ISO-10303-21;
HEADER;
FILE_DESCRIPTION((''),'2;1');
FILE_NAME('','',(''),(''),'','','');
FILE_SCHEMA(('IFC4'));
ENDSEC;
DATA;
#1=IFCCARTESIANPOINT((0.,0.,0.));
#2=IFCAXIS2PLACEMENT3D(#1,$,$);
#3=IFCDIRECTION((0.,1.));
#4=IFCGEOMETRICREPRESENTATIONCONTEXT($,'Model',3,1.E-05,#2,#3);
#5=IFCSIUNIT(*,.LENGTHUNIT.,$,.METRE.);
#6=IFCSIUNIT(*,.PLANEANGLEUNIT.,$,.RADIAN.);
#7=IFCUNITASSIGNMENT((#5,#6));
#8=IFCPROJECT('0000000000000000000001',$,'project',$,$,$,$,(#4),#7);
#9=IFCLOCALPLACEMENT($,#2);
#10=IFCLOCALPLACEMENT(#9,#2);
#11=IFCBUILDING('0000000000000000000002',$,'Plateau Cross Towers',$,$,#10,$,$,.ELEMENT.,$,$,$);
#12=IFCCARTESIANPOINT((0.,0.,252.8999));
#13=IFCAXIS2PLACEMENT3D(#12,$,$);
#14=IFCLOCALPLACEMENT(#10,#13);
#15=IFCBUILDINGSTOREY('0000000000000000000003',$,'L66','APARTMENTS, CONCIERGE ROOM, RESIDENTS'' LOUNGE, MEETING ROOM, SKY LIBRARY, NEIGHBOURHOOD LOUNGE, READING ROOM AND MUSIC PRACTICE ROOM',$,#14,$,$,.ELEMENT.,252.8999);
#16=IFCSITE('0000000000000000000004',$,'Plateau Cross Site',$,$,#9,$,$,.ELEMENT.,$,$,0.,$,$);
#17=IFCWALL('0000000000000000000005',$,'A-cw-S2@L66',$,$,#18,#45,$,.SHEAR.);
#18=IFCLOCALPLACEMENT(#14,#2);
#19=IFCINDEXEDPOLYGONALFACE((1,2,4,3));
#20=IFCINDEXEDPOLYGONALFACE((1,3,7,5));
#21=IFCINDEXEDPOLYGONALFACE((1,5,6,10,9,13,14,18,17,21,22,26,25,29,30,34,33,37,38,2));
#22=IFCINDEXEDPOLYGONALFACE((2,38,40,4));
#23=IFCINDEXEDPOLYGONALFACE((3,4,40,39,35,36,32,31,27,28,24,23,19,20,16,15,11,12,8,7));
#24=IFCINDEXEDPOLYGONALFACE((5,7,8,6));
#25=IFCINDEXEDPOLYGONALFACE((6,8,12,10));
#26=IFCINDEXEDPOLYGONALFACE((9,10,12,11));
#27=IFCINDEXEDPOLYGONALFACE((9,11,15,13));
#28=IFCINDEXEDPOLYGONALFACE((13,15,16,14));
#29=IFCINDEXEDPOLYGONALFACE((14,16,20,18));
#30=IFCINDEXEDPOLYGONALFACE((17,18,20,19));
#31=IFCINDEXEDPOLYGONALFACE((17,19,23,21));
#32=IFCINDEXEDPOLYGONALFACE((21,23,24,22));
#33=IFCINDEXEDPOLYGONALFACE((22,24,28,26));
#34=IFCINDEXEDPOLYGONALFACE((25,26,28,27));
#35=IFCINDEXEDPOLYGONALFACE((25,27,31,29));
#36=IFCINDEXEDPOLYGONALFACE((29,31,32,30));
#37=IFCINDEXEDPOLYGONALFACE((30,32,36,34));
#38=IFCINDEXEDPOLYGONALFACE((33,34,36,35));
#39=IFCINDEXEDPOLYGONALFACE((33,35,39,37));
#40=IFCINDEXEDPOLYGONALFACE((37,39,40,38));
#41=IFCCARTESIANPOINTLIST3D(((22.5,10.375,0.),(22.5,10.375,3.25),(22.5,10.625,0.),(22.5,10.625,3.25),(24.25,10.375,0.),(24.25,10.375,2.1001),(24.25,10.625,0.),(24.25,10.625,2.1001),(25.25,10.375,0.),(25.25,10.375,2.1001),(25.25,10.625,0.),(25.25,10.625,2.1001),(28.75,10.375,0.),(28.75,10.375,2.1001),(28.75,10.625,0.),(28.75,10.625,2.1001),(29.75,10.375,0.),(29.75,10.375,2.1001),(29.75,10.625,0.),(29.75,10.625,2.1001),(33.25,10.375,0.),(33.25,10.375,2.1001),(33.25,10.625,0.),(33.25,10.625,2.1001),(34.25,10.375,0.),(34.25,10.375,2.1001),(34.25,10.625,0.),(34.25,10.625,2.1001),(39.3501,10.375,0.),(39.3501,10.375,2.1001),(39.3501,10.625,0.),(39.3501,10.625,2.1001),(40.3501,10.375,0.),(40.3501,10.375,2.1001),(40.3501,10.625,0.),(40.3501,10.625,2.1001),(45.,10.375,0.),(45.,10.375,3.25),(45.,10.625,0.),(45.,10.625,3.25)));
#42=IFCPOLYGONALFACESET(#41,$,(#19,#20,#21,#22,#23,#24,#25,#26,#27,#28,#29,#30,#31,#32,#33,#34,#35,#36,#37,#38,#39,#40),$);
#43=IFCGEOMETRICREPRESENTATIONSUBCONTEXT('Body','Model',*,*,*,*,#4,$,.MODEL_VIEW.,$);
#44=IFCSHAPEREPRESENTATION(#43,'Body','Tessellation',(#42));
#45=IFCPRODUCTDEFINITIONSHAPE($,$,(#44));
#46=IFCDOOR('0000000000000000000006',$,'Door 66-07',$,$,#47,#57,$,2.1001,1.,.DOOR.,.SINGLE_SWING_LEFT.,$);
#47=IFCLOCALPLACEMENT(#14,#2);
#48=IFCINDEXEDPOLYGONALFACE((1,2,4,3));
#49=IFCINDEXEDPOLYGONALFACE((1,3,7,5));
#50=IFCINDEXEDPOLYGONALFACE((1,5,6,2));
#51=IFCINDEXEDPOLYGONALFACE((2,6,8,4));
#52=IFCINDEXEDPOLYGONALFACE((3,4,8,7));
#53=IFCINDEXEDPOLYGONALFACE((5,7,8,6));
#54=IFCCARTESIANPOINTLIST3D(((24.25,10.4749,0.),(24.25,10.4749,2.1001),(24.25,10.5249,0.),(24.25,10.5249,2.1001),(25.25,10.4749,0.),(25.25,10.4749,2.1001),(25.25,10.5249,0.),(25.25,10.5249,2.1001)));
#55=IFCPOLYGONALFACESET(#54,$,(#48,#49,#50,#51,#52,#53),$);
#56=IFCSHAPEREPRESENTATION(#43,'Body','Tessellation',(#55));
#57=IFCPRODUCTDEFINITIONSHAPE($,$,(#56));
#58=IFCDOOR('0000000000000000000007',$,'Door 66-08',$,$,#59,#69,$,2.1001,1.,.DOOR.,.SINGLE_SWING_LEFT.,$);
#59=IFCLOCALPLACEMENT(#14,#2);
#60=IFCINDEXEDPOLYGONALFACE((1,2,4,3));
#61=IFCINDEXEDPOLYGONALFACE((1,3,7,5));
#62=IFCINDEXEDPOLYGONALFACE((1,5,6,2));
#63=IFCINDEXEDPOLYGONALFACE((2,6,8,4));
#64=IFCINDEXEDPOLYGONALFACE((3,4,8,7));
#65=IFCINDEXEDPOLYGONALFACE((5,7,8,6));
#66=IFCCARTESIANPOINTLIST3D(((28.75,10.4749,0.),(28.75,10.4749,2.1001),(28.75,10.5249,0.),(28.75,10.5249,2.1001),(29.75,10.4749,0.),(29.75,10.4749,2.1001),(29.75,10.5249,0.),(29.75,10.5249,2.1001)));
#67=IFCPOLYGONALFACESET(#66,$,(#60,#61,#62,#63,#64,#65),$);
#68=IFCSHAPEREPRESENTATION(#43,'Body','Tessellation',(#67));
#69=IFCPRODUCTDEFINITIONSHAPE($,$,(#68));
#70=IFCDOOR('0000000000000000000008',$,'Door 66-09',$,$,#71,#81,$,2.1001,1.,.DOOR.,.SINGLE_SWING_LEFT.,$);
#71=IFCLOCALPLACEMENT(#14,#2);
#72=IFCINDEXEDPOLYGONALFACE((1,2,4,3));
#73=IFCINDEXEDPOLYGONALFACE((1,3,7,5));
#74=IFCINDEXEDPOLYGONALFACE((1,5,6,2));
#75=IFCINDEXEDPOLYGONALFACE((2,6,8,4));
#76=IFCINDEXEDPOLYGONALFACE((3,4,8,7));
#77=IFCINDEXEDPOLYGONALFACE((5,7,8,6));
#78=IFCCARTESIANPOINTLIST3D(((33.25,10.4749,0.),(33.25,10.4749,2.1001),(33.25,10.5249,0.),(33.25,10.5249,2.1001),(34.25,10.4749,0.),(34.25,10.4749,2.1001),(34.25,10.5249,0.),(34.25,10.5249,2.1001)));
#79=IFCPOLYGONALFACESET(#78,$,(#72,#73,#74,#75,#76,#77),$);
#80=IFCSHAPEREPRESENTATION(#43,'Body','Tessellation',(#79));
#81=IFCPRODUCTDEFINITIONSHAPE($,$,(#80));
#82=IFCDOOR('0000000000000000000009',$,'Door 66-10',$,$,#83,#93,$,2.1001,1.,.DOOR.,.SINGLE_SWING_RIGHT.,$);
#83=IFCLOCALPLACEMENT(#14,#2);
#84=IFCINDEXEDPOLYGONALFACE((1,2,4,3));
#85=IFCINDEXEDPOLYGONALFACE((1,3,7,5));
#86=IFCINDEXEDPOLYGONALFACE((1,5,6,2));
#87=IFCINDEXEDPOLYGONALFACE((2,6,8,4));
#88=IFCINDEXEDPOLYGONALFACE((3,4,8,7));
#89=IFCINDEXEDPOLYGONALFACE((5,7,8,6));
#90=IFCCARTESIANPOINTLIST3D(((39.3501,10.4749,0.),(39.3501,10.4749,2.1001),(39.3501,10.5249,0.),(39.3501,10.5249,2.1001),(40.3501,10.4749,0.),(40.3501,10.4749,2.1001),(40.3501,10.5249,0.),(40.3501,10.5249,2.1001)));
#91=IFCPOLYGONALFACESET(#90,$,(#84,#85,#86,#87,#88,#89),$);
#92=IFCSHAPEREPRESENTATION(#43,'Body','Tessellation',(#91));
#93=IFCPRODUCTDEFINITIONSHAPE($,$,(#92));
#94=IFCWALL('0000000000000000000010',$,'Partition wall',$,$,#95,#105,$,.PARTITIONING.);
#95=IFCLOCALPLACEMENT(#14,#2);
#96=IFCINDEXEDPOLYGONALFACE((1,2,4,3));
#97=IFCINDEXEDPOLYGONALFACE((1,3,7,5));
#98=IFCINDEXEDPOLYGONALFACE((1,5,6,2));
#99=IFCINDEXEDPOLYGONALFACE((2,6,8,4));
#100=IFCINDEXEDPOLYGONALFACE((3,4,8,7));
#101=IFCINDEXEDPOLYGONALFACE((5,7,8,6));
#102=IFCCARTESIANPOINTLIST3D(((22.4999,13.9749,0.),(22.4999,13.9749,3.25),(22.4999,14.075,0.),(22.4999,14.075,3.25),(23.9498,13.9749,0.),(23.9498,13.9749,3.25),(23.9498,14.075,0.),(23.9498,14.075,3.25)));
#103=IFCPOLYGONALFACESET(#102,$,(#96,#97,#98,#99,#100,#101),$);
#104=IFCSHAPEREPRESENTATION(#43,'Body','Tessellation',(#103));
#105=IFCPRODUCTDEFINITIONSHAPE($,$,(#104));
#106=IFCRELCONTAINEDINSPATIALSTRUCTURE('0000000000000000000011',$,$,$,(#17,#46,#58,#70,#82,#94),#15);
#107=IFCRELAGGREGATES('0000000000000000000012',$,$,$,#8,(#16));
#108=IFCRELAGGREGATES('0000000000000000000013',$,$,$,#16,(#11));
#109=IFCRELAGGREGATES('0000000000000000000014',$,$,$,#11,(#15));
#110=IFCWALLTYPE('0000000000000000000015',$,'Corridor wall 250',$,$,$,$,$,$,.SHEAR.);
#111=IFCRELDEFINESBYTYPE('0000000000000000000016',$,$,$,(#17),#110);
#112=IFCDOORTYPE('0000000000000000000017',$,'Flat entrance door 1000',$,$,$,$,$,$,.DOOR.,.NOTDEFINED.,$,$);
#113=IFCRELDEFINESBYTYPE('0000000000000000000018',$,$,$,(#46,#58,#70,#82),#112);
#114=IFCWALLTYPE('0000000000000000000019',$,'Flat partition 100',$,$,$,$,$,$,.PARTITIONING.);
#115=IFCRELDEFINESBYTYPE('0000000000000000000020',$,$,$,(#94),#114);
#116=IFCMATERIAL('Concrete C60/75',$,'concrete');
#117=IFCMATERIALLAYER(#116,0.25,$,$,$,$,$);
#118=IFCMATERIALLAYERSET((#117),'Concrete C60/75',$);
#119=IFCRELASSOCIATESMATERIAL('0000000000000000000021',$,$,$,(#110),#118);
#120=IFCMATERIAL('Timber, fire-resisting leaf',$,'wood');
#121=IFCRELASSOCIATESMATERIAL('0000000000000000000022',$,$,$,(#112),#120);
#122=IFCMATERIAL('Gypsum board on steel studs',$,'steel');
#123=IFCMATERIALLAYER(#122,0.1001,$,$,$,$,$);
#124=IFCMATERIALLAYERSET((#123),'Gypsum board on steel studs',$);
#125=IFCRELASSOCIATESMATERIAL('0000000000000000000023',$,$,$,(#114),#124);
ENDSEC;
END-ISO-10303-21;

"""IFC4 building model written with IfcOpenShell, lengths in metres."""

from ifc_helpers import new_model, si_unit, direction, frame, frame_2d, origin, place, context, subcontext, project, spatial, rectangle, extrude, material, layer, layer_set, type_object, element, fill, save


model = new_model("IFC4")

# Units and contexts
model_context = context("Model", 3, precision=1e-05, world=origin(), true_north=direction((0.0, 1.0)))
body_context = subcontext(model_context, "Body", "Model", "MODEL_VIEW")
ifc_project = project(units=[si_unit("LENGTHUNIT", "METRE"), si_unit("PLANEANGLEUNIT", "RADIAN")], contexts=[model_context])

# Site, building, storey
site_placement = place(None, origin())
site = spatial("IfcSite", under=ifc_project, at=site_placement, Name="Plateau Cross Site", CompositionType="ELEMENT", RefElevation=0.0)
building_placement = place(site_placement, origin())
building = spatial("IfcBuilding", under=site, at=building_placement, Name="Plateau Cross Towers", CompositionType="ELEMENT")
storey_placement = place(building_placement, frame((0.0, 0.0, 252.8999)))
storey = spatial("IfcBuildingStorey", under=building, at=storey_placement, Name="L66", Description="APARTMENTS, CONCIERGE ROOM, RESIDENTS' LOUNGE, MEETING ROOM, SKY LIBRARY, NEIGHBOURHOOD LOUNGE, READING ROOM AND MUSIC PRACTICE ROOM", CompositionType="ELEMENT", Elevation=252.8999)

# Shared definitions
ifc_material_1 = material(Name="Concrete C60/75", Category="concrete")

# Wall, openings, doors
ifc_layer_1 = layer(ifc_material_1, 0.25)
ifc_layer_set_1 = layer_set([ifc_layer_1], Name="Concrete C60/75")
wall_type_1 = type_object("IfcWallType", Name="Corridor wall 250", PredefinedType="SHEAR", material=ifc_layer_set_1)
ifc_material_2 = material(Name="Timber, fire-resisting leaf", Category="wood")
door_type_1 = type_object("IfcDoorType", Name="Flat entrance door 1000", OperationType="NOTDEFINED", PredefinedType="DOOR", material=ifc_material_2)
wall_1_placement = place(storey_placement, frame((22.5, 10.5, 0.0), z_axis=(0.0, 0.0, 1.0), x_axis=(1.0, 0.0, 0.0)))
wall_1 = element("IfcWall", 1, at=wall_1_placement, inside=storey, type_object=wall_type_1, Name="A-cw-S2@L66", PredefinedType="SHEAR", context=body_context, shape_type="SweptSolid", body=[
    extrude(rectangle(XDim=22.5, YDim=0.25, at=frame_2d((11.25, 0.0))), origin(), (0.0, 0.0, 1.0), 3.25),
])
opening_1_placement = place(wall_1_placement, frame((1.75, 0.0, 0.0)))
opening_1 = element("IfcOpeningElement", 2, at=opening_1_placement, cuts=wall_1, PredefinedType="OPENING", context=body_context, shape_type="SweptSolid", body=[
    extrude(rectangle(XDim=1.0, YDim=2.1001, at=frame_2d((0.5, 1.05))), frame((0.0, 0.135, 0.0), z_axis=(0.0, -1.0, 0.0), x_axis=(1.0, 0.0, 0.0)), (0.0, 0.0, 1.0), 0.27),
])
opening_2_placement = place(wall_1_placement, frame((6.25, 0.0, 0.0)))
opening_2 = element("IfcOpeningElement", 3, at=opening_2_placement, cuts=wall_1, PredefinedType="OPENING", context=body_context, shape_type="SweptSolid", body=[
    extrude(rectangle(XDim=1.0, YDim=2.1001, at=frame_2d((0.5, 1.05))), frame((0.0, 0.135, 0.0), z_axis=(0.0, -1.0, 0.0), x_axis=(1.0, 0.0, 0.0)), (0.0, 0.0, 1.0), 0.27),
])
opening_3_placement = place(wall_1_placement, frame((10.75, 0.0, 0.0)))
opening_3 = element("IfcOpeningElement", 4, at=opening_3_placement, cuts=wall_1, PredefinedType="OPENING", context=body_context, shape_type="SweptSolid", body=[
    extrude(rectangle(XDim=1.0, YDim=2.1001, at=frame_2d((0.5, 1.05))), frame((0.0, 0.135, 0.0), z_axis=(0.0, -1.0, 0.0), x_axis=(1.0, 0.0, 0.0)), (0.0, 0.0, 1.0), 0.27),
])
opening_4_placement = place(wall_1_placement, frame((16.8501, 0.0, 0.0)))
opening_4 = element("IfcOpeningElement", 5, at=opening_4_placement, cuts=wall_1, PredefinedType="OPENING", context=body_context, shape_type="SweptSolid", body=[
    extrude(rectangle(XDim=1.0, YDim=2.1001, at=frame_2d((0.5, 1.05))), frame((0.0, 0.135, 0.0), z_axis=(0.0, -1.0, 0.0), x_axis=(1.0, 0.0, 0.0)), (0.0, 0.0, 1.0), 0.27),
])
door_1_placement = place(opening_1_placement, origin())
door_1 = element("IfcDoor", 6, at=door_1_placement, inside=storey, type_object=door_type_1, Name="Door 66-07", OperationType="SINGLE_SWING_LEFT", OverallHeight=2.1001, OverallWidth=1.0, PredefinedType="DOOR", context=body_context, shape_type="SweptSolid", body=[
    extrude(rectangle(XDim=1.0, YDim=2.1001, at=frame_2d((0.5, 1.05))), frame((0.0, 0.0249, 0.0), z_axis=(0.0, -1.0, 0.0), x_axis=(1.0, 0.0, 0.0)), (0.0, 0.0, 1.0), 0.05),
])
fill(opening_1, door_1)
door_2_placement = place(opening_2_placement, origin())
door_2 = element("IfcDoor", 7, at=door_2_placement, inside=storey, type_object=door_type_1, Name="Door 66-08", OperationType="SINGLE_SWING_LEFT", OverallHeight=2.1001, OverallWidth=1.0, PredefinedType="DOOR", context=body_context, shape_type="SweptSolid", body=[
    extrude(rectangle(XDim=1.0, YDim=2.1001, at=frame_2d((0.5, 1.05))), frame((0.0, 0.0249, 0.0), z_axis=(0.0, -1.0, 0.0), x_axis=(1.0, 0.0, 0.0)), (0.0, 0.0, 1.0), 0.05),
])
fill(opening_2, door_2)
door_3_placement = place(opening_3_placement, origin())
door_3 = element("IfcDoor", 8, at=door_3_placement, inside=storey, type_object=door_type_1, Name="Door 66-09", OperationType="SINGLE_SWING_LEFT", OverallHeight=2.1001, OverallWidth=1.0, PredefinedType="DOOR", context=body_context, shape_type="SweptSolid", body=[
    extrude(rectangle(XDim=1.0, YDim=2.1001, at=frame_2d((0.5, 1.05))), frame((0.0, 0.0249, 0.0), z_axis=(0.0, -1.0, 0.0), x_axis=(1.0, 0.0, 0.0)), (0.0, 0.0, 1.0), 0.05),
])
fill(opening_3, door_3)
door_4_placement = place(opening_4_placement, origin())
door_4 = element("IfcDoor", 9, at=door_4_placement, inside=storey, type_object=door_type_1, Name="Door 66-10", OperationType="SINGLE_SWING_RIGHT", OverallHeight=2.1001, OverallWidth=1.0, PredefinedType="DOOR", context=body_context, shape_type="SweptSolid", body=[
    extrude(rectangle(XDim=1.0, YDim=2.1001, at=frame_2d((0.5, 1.05))), frame((0.0, 0.0249, 0.0), z_axis=(0.0, -1.0, 0.0), x_axis=(1.0, 0.0, 0.0)), (0.0, 0.0, 1.0), 0.05),
])
fill(opening_4, door_4)

# Wall
ifc_material_3 = material(Name="Gypsum board on steel studs", Category="steel")
ifc_layer_2 = layer(ifc_material_3, 0.1001)
ifc_layer_set_2 = layer_set([ifc_layer_2], Name="Gypsum board on steel studs")
wall_type_2 = type_object("IfcWallType", Name="Flat partition 100", PredefinedType="PARTITIONING", material=ifc_layer_set_2)
wall_2_placement = place(storey_placement, frame((23.95, 14.0249, 0.0), z_axis=(0.0, 0.0, 1.0), x_axis=(-1.0, 0.0, 0.0)))
element("IfcWall", 10, at=wall_2_placement, inside=storey, type_object=wall_type_2, Name="Partition wall", PredefinedType="PARTITIONING", context=body_context, shape_type="SweptSolid", body=[
    extrude(rectangle(XDim=1.45, YDim=0.1001, at=frame_2d((0.7251, 0.0))), origin(), (0.0, 0.0, 1.0), 3.25),
])

save(model, "model.ifc")
